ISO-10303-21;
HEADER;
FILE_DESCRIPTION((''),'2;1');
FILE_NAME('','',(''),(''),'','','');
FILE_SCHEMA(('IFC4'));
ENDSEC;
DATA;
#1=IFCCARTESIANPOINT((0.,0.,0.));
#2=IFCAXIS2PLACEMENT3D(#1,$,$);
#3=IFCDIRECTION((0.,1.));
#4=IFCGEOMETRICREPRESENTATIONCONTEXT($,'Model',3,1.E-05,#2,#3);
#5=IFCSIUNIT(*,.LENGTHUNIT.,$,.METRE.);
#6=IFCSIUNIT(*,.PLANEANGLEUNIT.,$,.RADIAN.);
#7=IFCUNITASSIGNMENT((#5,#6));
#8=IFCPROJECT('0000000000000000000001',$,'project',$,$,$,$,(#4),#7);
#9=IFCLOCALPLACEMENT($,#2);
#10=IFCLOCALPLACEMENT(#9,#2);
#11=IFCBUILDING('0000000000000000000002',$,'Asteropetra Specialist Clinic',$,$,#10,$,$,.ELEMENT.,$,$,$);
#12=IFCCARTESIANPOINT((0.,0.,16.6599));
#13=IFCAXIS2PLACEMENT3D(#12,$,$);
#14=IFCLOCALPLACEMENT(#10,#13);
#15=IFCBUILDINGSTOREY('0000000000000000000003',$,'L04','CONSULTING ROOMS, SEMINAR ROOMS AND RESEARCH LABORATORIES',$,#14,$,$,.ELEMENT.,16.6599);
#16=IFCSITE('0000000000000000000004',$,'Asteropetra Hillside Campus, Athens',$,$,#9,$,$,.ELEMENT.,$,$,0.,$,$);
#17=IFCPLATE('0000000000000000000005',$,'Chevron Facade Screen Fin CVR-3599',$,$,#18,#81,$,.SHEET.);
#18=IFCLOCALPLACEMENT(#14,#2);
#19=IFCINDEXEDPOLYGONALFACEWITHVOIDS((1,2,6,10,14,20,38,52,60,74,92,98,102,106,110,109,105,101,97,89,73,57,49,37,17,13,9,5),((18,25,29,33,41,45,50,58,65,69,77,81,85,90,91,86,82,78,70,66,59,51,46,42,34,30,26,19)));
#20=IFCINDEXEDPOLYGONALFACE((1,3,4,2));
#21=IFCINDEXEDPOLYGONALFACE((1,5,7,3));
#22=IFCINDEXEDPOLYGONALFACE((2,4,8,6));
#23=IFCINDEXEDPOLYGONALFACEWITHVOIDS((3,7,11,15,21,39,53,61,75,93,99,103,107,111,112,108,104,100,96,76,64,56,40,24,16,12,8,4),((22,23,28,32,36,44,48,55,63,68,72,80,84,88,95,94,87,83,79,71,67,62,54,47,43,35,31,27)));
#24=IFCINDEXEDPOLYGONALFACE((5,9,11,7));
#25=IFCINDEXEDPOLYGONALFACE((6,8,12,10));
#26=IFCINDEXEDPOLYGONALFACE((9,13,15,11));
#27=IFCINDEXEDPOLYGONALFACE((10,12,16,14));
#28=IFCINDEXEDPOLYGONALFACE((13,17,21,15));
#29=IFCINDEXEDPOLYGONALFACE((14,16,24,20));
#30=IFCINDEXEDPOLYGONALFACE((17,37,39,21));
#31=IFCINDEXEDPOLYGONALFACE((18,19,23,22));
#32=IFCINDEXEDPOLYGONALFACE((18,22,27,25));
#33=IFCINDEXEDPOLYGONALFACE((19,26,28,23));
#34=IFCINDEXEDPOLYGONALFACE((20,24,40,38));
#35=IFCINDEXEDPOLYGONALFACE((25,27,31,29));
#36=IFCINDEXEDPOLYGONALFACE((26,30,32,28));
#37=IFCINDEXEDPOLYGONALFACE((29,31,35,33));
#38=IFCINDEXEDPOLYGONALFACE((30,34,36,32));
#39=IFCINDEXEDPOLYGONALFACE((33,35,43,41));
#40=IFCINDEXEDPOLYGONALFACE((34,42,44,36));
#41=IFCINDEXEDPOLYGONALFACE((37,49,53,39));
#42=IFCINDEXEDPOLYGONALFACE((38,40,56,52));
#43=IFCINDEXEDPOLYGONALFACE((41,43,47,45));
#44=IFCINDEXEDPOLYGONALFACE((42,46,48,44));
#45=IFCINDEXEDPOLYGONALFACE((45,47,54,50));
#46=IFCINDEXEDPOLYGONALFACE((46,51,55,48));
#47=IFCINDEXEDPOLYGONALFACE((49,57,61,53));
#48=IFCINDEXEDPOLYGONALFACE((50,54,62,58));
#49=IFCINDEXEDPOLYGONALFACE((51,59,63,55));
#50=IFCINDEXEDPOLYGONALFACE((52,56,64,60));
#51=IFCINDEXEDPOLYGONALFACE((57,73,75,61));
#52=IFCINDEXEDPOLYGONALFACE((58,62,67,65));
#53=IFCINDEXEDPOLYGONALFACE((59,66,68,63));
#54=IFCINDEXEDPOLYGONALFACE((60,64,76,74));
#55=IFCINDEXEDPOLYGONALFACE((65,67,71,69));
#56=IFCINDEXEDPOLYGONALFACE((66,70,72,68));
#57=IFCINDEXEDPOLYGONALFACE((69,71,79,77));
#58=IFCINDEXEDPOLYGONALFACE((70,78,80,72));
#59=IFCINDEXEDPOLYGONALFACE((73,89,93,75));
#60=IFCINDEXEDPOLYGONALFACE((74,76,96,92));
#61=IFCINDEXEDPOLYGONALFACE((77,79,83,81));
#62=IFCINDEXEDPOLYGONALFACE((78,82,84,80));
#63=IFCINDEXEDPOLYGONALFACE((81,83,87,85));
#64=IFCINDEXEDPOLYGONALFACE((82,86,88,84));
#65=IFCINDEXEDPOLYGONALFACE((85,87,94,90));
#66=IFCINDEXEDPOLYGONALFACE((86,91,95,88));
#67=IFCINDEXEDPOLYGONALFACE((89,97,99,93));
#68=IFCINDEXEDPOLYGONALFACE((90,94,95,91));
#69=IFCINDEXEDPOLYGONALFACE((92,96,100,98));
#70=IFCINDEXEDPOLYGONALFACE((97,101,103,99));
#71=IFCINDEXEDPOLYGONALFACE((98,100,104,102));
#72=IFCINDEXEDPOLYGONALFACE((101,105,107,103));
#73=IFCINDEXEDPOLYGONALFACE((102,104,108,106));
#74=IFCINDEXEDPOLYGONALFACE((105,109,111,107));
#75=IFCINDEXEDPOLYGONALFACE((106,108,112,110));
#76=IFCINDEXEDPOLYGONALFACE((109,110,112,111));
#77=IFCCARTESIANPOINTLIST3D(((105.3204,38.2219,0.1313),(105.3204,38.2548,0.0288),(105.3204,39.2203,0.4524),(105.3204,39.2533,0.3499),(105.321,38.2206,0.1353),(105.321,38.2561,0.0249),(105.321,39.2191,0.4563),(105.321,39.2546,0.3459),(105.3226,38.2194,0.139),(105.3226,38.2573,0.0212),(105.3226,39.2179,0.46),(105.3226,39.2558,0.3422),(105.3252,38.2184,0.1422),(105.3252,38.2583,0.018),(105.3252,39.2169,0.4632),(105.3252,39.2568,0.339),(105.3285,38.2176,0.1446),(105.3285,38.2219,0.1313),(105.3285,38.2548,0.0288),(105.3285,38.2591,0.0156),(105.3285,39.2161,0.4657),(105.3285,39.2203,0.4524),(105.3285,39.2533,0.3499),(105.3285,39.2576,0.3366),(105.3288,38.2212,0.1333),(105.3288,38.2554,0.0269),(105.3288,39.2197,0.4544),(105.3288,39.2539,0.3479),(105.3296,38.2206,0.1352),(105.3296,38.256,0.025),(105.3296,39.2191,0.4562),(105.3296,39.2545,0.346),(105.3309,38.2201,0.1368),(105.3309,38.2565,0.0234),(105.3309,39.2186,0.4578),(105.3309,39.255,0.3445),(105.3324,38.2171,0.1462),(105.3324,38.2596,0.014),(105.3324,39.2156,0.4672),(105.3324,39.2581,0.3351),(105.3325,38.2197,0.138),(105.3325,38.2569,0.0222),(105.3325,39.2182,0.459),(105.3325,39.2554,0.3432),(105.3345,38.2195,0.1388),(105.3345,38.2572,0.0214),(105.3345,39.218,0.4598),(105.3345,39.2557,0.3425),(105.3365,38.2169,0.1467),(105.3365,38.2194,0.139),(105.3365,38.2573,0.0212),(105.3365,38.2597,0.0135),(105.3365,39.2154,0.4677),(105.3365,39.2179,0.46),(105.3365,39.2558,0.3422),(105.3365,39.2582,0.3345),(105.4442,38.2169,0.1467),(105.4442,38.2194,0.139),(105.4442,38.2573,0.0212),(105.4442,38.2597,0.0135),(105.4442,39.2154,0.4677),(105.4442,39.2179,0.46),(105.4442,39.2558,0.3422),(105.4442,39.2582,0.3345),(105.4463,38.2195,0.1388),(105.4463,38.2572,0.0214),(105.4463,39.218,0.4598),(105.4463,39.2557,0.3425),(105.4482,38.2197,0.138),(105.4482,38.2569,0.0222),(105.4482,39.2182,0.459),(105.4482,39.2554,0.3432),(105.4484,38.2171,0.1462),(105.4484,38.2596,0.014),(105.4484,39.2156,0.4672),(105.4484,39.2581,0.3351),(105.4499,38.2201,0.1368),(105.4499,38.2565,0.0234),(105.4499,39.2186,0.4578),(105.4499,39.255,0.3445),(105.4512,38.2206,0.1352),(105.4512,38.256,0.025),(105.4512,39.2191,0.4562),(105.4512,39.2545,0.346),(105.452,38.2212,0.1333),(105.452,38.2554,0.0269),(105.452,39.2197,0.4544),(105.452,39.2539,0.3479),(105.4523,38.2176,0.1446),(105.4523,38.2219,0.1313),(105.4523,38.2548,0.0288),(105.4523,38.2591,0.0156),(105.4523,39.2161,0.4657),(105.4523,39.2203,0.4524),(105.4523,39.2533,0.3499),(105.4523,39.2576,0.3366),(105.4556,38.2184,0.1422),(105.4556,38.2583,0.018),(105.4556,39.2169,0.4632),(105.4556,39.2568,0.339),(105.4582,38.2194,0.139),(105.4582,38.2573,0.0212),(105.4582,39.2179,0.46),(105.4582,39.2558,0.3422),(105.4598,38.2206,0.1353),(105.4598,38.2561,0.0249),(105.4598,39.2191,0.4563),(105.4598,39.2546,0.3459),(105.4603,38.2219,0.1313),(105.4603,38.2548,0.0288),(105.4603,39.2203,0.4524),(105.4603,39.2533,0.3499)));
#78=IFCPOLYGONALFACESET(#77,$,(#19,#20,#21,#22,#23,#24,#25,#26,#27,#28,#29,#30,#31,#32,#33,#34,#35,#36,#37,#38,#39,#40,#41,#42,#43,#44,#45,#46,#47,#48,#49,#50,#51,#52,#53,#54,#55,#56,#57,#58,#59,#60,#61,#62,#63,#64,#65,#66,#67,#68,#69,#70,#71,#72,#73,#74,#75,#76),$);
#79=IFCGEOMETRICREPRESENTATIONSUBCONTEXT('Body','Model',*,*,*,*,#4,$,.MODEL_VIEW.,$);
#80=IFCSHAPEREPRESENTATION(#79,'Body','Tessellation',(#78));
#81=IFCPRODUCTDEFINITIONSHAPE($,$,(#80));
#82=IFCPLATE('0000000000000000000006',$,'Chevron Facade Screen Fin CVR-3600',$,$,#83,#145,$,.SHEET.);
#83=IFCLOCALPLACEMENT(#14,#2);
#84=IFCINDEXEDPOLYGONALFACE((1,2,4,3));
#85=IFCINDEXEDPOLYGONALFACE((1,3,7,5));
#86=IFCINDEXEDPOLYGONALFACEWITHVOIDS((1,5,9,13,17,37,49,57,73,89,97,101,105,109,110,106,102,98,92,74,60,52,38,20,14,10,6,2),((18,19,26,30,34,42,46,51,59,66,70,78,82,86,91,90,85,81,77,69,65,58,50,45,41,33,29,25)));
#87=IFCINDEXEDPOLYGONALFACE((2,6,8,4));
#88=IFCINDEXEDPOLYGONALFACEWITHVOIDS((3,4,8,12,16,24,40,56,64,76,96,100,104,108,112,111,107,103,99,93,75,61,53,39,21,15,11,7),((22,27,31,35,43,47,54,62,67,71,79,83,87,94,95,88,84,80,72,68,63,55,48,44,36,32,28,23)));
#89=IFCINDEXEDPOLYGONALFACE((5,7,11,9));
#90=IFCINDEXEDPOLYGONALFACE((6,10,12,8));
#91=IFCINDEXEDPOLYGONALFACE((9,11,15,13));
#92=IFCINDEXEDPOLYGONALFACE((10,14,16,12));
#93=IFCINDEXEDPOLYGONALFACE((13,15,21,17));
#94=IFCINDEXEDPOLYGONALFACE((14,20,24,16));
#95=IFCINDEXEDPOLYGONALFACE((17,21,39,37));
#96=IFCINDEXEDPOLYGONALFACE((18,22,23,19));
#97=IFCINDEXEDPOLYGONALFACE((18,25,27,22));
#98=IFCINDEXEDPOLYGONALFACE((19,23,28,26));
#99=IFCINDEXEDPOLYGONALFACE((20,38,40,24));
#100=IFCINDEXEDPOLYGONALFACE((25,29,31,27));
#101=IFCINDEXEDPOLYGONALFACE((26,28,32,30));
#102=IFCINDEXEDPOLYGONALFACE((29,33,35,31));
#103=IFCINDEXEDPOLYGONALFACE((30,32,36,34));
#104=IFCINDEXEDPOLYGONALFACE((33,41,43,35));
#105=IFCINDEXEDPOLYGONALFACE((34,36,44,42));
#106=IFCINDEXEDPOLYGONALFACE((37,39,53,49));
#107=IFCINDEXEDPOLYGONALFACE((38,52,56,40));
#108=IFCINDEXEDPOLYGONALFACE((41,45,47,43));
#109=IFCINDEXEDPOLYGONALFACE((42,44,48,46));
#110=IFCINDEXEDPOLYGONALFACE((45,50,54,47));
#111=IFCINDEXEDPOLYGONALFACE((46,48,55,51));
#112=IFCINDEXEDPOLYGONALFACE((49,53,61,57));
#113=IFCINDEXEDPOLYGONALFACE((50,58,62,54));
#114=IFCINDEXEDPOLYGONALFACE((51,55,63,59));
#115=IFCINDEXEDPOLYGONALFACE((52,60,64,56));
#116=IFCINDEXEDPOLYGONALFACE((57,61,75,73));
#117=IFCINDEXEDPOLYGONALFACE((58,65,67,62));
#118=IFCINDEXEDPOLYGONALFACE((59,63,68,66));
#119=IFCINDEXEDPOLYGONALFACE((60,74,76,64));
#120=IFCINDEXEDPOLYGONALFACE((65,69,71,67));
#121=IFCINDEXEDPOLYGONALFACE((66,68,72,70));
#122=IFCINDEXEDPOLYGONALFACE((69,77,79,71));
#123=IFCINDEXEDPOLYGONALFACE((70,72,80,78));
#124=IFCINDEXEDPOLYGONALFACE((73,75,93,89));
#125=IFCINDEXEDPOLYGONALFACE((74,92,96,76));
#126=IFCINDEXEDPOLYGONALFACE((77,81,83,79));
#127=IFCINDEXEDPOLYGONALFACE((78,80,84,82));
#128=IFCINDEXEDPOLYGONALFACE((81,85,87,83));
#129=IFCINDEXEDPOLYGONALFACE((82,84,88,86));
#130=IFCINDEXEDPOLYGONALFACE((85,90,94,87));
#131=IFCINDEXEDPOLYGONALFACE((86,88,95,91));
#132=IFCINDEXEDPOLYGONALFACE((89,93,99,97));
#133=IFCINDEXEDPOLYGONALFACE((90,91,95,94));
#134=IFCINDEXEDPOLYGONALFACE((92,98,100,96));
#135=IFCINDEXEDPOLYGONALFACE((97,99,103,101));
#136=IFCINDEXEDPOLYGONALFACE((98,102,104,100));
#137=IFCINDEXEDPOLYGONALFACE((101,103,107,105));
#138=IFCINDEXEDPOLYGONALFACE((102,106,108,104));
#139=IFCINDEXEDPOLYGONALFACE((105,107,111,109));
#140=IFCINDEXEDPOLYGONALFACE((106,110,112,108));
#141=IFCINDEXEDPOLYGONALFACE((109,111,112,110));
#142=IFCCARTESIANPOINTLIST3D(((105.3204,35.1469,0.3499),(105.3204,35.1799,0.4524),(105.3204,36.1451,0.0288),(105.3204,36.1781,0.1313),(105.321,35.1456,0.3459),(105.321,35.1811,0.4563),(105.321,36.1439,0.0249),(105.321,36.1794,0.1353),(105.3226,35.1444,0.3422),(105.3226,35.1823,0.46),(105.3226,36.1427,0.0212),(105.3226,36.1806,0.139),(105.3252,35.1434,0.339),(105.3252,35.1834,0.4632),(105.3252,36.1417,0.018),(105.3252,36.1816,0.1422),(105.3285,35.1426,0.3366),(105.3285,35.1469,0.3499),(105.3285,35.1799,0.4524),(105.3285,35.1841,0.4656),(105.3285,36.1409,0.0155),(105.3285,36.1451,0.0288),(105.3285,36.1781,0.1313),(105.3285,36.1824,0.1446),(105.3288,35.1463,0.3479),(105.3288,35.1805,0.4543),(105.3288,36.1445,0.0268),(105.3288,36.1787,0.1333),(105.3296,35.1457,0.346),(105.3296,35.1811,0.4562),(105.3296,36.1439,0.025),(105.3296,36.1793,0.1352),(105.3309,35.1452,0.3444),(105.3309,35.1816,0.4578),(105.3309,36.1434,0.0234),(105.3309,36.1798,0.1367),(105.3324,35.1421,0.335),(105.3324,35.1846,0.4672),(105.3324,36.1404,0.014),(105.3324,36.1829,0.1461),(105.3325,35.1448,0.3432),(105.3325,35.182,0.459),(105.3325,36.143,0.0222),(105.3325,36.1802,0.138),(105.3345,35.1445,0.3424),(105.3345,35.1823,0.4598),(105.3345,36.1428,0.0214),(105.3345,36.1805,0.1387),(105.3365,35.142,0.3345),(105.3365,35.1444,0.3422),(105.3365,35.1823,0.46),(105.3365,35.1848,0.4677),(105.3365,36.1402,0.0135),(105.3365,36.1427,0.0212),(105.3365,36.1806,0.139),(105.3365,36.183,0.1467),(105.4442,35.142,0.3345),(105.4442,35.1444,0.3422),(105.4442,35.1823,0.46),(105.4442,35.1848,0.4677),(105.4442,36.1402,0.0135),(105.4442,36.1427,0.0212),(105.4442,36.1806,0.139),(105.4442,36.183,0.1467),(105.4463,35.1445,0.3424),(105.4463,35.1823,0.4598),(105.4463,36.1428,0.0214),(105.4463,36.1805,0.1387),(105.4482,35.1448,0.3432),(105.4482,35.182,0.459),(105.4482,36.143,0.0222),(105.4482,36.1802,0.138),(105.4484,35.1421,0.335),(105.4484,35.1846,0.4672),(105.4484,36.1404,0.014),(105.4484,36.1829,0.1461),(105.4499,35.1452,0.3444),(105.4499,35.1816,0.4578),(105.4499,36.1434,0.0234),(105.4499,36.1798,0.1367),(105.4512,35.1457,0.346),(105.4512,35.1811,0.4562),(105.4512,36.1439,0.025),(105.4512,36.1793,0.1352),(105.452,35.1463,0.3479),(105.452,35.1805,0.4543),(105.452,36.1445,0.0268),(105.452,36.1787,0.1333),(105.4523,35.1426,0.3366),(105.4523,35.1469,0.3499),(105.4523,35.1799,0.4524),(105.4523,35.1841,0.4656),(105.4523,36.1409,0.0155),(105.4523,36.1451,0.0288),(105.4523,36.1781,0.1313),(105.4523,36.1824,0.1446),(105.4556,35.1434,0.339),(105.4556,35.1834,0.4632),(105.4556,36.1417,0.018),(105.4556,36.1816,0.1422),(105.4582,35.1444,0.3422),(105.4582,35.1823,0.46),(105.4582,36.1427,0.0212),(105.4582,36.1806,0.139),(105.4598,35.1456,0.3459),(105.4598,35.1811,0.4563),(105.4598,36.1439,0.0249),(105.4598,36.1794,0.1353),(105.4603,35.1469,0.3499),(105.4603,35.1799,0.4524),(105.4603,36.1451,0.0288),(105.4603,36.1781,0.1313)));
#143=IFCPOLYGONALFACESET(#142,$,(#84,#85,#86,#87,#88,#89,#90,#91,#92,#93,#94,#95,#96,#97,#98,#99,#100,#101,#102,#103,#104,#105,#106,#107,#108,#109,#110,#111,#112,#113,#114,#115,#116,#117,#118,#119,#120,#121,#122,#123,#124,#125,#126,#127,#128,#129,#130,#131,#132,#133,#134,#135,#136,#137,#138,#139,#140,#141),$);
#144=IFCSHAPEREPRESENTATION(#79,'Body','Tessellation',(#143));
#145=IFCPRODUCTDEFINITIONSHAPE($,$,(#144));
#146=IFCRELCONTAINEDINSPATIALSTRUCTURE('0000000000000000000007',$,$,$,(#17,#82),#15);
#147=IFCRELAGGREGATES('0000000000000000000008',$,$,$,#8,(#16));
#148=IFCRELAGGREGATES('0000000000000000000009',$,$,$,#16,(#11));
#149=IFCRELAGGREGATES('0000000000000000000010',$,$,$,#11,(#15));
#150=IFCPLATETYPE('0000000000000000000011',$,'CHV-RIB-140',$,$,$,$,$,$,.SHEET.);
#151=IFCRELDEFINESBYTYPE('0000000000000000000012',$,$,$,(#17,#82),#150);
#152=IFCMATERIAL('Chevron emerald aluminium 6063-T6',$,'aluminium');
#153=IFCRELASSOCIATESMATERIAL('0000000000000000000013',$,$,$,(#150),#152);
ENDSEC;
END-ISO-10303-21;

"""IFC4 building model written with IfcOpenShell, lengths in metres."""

from ifc_helpers import new_model, si_unit, direction, frame, origin, origin_2d, place, context, subcontext, project, spatial, hollow_rectangle, extrude, material, material_profile, profile_set, type_object, element, save


model = new_model("IFC4")

# Units and contexts
model_context = context("Model", 3, precision=1e-05, world=origin(), true_north=direction((0.0, 1.0)))
body_context = subcontext(model_context, "Body", "Model", "MODEL_VIEW")
ifc_project = project(units=[si_unit("LENGTHUNIT", "METRE"), si_unit("PLANEANGLEUNIT", "RADIAN")], contexts=[model_context])

# Site, building, storey
site_placement = place(None, origin())
site = spatial("IfcSite", under=ifc_project, at=site_placement, Name="Asteropetra Hillside Campus, Athens", CompositionType="ELEMENT", RefElevation=0.0)
building_placement = place(site_placement, origin())
building = spatial("IfcBuilding", under=site, at=building_placement, Name="Asteropetra Specialist Clinic", CompositionType="ELEMENT")
storey_placement = place(building_placement, frame((0.0, 0.0, 16.6599)))
storey = spatial("IfcBuildingStorey", under=building, at=storey_placement, Name="L04", Description="CONSULTING ROOMS, SEMINAR ROOMS AND RESEARCH LABORATORIES", CompositionType="ELEMENT", Elevation=16.6599)

# Plates
ifc_material_1 = material(Name="Chevron emerald aluminium 6063-T6", Category="aluminium")
ifc_material_profile = material_profile(ifc_material_1, hollow_rectangle(XDim=0.1399, YDim=0.1399, WallThickness=0.0081, InnerFilletRadius=0.0081, OuterFilletRadius=0.0161, at=origin_2d()), Name="SHS 140x140x8.0")
ifc_profile_set = profile_set([ifc_material_profile], Name="Chevron emerald aluminium 6063-T6")
plate_type = type_object("IfcPlateType", Name="CHV-RIB-140", PredefinedType="SHEET", material=ifc_profile_set)
plate_1_placement = place(storey_placement, frame((105.3904, 39.2368, 0.4011), z_axis=(0.0, -0.952004, -0.306085), x_axis=(1.0, 0.0, 0.0)))
element("IfcPlate", 1, at=plate_1_placement, inside=storey, type_object=plate_type, Name="Chevron Facade Screen Fin CVR-3599", PredefinedType="SHEET", context=body_context, shape_type="SweptSolid", body=[
    extrude(hollow_rectangle(XDim=0.1399, YDim=0.1399, WallThickness=0.0081, InnerFilletRadius=0.0081, OuterFilletRadius=0.0161, at=origin_2d()), origin(), (0.0, 0.0, 1.0), 1.0488),
])
for number, where, z_axis, x_axis, name in (
    (2, (105.3904, 36.1616, 0.0801), (0.0, -0.951983, 0.306152), (1.0, 0.0, 0.0), "Chevron Facade Screen Fin CVR-3600"),
):
    element("IfcPlate", number, at=place(storey_placement, frame(where, z_axis=z_axis, x_axis=x_axis)), inside=storey, type_object=plate_type, Name=name, PredefinedType="SHEET", context=body_context, shape_type="SweptSolid", body=[
        extrude(hollow_rectangle(XDim=0.1399, YDim=0.1399, WallThickness=0.0081, InnerFilletRadius=0.0081, OuterFilletRadius=0.0161, at=origin_2d()), origin(), (0.0, 0.0, 1.0), 1.0486),
    ])

save(model, "model.ifc")
